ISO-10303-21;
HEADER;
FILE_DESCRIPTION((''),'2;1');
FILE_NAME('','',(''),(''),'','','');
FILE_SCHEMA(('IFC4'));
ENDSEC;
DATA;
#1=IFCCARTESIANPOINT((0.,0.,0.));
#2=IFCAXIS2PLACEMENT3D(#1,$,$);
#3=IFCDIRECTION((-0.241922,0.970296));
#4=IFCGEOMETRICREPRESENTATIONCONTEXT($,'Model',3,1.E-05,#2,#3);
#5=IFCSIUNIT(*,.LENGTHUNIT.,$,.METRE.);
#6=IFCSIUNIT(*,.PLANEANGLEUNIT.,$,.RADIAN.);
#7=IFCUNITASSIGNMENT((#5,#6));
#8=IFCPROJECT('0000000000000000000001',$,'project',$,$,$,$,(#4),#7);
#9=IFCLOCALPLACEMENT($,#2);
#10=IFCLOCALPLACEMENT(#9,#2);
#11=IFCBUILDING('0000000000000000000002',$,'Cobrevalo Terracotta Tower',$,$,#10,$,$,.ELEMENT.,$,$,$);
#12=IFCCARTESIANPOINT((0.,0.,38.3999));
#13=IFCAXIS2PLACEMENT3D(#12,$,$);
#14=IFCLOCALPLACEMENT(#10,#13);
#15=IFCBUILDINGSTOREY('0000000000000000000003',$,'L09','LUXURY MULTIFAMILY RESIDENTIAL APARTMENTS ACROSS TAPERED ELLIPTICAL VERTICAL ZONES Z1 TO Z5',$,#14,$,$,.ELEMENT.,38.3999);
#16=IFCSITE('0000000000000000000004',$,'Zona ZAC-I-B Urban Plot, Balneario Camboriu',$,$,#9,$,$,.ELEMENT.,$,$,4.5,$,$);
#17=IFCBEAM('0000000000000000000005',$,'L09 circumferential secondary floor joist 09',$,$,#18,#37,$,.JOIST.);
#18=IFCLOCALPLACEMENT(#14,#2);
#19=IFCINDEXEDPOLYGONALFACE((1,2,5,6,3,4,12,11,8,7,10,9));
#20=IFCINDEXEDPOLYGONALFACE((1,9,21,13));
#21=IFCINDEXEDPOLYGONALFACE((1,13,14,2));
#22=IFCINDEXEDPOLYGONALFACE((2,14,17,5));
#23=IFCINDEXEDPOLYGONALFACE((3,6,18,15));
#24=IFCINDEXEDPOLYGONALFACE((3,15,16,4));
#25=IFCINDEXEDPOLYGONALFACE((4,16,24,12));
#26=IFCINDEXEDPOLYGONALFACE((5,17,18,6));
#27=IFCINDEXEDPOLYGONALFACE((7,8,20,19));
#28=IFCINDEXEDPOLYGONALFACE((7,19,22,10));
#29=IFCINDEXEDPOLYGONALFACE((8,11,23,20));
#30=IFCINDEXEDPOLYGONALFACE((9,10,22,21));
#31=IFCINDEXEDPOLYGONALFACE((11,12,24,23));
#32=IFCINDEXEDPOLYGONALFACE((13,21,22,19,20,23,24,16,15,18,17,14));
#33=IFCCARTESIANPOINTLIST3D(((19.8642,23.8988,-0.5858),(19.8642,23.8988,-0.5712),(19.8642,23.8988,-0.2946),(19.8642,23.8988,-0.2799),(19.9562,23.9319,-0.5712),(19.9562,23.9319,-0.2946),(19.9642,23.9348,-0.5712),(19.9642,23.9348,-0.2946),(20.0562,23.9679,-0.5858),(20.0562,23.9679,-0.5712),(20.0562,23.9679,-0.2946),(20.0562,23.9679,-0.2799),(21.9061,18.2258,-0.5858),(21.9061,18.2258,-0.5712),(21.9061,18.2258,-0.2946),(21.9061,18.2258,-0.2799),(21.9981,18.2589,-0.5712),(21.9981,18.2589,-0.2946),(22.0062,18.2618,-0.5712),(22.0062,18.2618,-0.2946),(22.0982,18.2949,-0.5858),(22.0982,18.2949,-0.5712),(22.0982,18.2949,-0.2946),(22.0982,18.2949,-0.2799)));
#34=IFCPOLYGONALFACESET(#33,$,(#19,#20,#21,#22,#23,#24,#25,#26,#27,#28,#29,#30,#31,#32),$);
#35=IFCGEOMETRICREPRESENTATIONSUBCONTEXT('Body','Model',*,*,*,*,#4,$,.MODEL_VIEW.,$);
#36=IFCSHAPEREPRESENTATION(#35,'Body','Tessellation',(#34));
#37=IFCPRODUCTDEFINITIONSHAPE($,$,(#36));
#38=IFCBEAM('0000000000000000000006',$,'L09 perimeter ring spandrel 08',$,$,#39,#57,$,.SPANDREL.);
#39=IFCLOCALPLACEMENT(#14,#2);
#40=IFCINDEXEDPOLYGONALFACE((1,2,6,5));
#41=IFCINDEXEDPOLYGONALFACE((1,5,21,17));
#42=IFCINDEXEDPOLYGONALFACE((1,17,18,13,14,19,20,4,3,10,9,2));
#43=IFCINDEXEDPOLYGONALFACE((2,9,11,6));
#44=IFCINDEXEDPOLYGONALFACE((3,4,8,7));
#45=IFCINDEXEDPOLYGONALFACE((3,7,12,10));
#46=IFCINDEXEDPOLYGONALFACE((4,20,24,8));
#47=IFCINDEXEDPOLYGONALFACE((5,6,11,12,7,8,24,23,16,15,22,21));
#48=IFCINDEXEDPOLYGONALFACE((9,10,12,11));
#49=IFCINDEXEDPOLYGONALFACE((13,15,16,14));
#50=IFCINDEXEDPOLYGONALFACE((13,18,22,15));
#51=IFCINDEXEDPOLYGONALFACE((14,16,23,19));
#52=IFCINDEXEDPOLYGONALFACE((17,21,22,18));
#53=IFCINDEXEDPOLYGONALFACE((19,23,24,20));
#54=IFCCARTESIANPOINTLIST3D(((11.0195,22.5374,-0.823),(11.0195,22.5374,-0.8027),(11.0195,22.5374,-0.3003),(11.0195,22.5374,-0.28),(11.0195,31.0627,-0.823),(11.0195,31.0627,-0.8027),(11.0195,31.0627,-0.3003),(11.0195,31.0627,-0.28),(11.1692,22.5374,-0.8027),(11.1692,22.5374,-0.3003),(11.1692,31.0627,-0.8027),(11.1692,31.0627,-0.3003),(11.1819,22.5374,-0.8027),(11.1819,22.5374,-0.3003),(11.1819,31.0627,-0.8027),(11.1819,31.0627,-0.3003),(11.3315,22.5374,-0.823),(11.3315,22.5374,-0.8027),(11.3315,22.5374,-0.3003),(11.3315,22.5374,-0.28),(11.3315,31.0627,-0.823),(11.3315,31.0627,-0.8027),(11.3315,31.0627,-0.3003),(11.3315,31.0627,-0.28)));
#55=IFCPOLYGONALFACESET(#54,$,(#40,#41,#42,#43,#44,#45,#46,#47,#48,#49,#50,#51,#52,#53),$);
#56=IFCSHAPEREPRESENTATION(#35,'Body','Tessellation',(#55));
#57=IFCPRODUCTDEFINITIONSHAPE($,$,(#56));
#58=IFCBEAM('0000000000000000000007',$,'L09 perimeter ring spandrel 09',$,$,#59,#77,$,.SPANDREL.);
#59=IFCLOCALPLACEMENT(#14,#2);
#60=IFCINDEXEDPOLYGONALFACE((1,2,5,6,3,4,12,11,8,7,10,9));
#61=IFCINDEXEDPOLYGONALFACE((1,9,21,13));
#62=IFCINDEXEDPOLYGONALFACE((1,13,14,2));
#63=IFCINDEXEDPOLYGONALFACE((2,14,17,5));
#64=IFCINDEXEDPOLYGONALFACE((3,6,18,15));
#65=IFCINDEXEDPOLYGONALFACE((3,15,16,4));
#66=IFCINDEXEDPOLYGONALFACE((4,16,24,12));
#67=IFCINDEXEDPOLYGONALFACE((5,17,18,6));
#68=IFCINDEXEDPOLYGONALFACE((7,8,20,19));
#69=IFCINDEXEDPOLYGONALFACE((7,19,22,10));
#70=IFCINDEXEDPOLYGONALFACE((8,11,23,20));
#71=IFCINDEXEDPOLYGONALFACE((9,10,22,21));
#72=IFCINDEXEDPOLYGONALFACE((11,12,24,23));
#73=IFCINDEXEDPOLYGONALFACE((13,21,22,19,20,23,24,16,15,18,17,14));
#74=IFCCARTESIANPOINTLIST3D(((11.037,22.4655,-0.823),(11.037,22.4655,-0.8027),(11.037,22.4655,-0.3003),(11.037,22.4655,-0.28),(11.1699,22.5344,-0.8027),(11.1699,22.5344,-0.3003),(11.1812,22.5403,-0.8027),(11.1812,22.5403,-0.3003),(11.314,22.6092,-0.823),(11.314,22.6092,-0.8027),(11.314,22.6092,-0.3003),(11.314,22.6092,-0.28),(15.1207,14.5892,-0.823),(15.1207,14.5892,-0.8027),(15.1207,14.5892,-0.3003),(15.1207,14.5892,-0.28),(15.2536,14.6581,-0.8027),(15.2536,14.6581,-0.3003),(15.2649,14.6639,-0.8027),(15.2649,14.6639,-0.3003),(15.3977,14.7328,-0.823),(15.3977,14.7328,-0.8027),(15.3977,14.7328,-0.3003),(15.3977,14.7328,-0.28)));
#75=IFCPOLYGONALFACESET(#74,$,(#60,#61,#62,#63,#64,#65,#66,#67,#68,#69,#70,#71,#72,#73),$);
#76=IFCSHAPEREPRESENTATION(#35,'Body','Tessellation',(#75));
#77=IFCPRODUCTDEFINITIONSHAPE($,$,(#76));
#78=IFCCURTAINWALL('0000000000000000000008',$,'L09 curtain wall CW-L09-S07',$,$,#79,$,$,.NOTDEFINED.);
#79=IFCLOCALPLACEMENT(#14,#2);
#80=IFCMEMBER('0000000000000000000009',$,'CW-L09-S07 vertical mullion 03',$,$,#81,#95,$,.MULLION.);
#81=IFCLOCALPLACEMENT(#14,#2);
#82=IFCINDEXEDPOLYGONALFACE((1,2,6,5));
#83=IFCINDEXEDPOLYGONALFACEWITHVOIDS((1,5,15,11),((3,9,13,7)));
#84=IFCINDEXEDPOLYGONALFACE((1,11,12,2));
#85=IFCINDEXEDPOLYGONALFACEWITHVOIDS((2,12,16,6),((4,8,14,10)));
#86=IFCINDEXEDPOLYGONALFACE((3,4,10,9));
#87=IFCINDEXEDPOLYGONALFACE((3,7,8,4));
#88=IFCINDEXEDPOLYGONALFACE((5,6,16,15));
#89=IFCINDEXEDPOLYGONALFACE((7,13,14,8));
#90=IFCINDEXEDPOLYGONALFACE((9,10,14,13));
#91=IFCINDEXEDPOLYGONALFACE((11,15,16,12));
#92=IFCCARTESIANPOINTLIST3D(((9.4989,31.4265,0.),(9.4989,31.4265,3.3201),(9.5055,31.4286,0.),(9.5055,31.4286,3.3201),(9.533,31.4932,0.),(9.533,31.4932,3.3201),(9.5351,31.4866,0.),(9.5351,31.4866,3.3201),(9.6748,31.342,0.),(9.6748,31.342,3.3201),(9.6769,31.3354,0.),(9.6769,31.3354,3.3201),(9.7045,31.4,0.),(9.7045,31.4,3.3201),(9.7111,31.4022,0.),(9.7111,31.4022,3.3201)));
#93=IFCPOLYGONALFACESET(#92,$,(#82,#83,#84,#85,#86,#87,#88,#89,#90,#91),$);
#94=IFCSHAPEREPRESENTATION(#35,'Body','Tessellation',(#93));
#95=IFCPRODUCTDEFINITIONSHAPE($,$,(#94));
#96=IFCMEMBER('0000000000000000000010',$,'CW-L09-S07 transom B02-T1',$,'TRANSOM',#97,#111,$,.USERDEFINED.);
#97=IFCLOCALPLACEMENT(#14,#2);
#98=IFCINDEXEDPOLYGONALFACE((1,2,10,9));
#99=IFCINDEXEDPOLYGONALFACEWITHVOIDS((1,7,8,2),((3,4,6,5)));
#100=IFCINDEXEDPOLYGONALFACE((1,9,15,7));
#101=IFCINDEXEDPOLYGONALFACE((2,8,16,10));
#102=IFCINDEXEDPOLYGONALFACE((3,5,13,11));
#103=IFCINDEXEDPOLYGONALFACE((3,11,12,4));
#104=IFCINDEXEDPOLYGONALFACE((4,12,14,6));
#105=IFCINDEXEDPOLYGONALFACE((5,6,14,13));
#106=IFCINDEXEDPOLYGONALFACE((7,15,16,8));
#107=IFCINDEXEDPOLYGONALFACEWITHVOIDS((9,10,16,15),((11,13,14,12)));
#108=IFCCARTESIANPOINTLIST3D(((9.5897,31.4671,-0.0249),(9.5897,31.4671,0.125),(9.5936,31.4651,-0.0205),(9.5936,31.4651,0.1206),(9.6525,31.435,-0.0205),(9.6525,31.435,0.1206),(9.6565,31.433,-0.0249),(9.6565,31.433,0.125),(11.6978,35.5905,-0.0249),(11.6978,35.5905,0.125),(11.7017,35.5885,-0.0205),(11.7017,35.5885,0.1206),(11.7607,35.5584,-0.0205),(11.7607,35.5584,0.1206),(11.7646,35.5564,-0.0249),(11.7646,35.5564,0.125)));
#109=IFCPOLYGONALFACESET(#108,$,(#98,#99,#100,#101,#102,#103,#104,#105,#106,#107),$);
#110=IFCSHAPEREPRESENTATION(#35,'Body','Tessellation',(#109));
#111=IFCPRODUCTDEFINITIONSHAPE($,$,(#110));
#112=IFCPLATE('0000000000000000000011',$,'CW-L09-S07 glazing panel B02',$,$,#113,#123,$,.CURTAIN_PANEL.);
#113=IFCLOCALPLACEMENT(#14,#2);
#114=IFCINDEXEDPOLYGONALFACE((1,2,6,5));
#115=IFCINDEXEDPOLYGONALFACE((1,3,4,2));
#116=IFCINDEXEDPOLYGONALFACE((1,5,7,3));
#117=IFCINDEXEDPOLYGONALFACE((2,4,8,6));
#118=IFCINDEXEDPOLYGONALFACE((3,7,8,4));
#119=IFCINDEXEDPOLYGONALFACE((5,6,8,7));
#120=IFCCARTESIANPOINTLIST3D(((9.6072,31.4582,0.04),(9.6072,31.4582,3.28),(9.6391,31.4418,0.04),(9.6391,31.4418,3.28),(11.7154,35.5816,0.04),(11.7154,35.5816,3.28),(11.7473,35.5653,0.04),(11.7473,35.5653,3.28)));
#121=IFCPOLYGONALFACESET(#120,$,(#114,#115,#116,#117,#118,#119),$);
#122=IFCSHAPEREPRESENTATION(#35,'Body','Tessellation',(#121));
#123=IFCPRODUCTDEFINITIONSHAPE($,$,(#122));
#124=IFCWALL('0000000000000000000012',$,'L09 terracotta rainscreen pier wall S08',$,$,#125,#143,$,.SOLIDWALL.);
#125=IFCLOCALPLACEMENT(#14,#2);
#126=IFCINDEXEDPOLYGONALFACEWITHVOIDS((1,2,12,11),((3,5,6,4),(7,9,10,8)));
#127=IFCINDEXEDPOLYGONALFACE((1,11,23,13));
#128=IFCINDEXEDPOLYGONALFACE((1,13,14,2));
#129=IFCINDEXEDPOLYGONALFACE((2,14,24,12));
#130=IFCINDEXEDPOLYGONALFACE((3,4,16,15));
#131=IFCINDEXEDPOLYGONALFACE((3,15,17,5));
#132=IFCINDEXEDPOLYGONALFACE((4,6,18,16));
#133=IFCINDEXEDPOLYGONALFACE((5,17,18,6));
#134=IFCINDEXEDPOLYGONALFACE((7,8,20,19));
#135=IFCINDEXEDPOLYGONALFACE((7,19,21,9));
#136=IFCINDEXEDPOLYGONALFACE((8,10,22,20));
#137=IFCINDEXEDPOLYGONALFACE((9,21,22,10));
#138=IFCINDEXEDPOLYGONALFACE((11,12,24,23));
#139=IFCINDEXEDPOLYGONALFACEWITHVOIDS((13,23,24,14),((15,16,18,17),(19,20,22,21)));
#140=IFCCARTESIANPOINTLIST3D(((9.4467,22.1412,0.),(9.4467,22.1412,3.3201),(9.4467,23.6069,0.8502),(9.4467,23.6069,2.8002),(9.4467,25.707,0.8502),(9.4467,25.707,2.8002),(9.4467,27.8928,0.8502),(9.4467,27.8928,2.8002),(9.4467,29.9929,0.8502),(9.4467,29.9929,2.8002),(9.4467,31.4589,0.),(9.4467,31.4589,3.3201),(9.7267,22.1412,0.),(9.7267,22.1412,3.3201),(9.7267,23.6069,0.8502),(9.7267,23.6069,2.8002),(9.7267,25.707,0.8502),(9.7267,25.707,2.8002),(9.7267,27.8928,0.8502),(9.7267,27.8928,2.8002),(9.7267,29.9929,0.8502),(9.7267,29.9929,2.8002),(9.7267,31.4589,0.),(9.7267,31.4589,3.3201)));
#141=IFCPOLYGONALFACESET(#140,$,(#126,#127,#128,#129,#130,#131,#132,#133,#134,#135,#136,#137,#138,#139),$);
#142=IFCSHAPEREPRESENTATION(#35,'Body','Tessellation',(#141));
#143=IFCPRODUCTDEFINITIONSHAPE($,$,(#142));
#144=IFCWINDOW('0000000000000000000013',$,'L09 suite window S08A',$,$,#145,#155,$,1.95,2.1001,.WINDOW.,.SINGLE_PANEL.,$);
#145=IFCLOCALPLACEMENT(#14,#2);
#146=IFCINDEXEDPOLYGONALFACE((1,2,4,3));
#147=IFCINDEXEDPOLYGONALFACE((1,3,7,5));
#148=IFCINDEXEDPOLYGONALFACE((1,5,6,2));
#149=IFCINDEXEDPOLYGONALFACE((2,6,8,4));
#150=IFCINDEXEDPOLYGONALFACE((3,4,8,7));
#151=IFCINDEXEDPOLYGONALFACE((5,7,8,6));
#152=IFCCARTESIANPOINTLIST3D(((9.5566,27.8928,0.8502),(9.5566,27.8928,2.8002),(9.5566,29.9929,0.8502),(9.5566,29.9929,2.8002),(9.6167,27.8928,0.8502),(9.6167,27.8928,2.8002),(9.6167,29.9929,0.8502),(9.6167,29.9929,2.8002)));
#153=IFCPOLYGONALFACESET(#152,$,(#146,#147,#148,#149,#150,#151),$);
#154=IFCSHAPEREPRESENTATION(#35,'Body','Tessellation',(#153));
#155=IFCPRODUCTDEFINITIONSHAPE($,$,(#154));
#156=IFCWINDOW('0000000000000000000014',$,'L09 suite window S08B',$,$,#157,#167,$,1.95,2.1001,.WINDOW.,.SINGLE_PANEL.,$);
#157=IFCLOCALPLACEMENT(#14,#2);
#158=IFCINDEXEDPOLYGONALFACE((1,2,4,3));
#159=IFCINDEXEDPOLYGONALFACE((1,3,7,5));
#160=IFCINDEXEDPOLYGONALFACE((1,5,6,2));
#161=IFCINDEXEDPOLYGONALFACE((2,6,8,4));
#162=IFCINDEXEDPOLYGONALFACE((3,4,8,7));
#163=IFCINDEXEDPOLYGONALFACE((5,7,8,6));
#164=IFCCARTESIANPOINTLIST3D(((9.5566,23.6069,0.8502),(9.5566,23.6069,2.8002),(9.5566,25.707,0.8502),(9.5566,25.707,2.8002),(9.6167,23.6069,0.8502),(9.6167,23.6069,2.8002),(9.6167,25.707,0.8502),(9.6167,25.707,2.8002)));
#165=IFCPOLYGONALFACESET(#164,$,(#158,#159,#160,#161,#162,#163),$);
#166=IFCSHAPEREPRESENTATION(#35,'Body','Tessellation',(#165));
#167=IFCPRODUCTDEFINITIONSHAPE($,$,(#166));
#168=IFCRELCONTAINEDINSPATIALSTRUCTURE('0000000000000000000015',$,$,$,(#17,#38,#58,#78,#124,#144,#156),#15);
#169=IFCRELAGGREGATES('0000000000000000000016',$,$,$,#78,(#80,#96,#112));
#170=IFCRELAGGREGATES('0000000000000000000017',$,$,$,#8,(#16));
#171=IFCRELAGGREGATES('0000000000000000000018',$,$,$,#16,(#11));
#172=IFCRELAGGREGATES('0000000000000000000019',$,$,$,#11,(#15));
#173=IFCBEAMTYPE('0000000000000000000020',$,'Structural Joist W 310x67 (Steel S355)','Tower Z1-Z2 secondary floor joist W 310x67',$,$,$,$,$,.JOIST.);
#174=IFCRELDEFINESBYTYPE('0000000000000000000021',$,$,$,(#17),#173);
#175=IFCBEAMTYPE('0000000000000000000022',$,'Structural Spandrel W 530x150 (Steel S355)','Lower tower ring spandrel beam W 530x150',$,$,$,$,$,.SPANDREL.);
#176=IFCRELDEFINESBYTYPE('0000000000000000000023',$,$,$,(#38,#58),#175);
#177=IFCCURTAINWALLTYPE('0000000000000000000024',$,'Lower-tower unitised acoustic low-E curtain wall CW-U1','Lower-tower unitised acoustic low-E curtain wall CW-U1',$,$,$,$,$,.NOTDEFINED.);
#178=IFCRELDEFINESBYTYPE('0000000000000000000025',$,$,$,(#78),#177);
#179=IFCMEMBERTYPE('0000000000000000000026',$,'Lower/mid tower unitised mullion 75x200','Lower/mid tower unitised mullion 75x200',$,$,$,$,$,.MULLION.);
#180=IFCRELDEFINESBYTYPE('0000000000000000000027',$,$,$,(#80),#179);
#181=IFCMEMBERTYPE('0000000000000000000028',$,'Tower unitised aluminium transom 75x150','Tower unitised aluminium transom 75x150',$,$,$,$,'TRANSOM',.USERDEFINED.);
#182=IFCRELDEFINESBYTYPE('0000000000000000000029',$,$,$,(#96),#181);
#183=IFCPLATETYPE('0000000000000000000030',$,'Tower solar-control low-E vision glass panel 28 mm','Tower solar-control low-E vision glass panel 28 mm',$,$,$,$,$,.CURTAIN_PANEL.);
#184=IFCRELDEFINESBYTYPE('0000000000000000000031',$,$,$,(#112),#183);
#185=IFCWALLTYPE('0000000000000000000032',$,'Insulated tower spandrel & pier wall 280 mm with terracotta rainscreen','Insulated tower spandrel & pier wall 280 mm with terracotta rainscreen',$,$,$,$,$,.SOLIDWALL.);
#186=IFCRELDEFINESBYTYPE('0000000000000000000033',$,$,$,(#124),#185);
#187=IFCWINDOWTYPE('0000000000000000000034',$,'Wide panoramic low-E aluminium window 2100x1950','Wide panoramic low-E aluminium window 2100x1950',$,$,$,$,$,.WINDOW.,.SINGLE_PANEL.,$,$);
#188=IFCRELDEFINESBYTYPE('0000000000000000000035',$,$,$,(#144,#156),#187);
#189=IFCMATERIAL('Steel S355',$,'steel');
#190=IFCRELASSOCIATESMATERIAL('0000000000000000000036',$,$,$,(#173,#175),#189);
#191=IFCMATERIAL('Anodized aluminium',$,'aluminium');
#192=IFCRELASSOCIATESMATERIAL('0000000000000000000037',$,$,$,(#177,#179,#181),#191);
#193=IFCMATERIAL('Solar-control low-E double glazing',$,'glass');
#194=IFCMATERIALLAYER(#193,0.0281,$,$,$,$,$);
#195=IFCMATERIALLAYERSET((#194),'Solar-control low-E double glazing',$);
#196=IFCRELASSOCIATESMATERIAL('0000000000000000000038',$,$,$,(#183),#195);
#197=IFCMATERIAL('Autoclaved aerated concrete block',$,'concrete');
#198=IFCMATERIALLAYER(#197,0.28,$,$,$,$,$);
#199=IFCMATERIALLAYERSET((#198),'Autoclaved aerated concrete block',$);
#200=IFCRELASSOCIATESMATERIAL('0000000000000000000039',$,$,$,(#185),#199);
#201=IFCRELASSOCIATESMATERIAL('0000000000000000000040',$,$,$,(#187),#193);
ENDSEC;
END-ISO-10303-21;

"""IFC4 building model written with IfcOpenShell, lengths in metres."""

from ifc_helpers import new_model, si_unit, direction, frame, frame_2d, origin, origin_2d, place, context, subcontext, project, spatial, rectangle, hollow_rectangle, i_section, extrude, source, transform, mapped, material, layer, layer_set, material_profile, profile_set, type_object, element, fill, aggregate, save


model = new_model("IFC4")

# Units and contexts
model_context = context("Model", 3, precision=1e-05, world=origin(), true_north=direction((-0.241922, 0.970296)))
body_context = subcontext(model_context, "Body", "Model", "MODEL_VIEW")
ifc_project = project(units=[si_unit("LENGTHUNIT", "METRE"), si_unit("PLANEANGLEUNIT", "RADIAN")], contexts=[model_context])

# Site, building, storey
site_placement = place(None, origin())
site = spatial("IfcSite", under=ifc_project, at=site_placement, Name="Zona ZAC-I-B Urban Plot, Balneario Camboriu", CompositionType="ELEMENT", RefElevation=4.5)
building_placement = place(site_placement, origin())
building = spatial("IfcBuilding", under=site, at=building_placement, Name="Cobrevalo Terracotta Tower", CompositionType="ELEMENT")
storey_placement = place(building_placement, frame((0.0, 0.0, 38.3999)))
storey = spatial("IfcBuildingStorey", under=building, at=storey_placement, Name="L09", Description="LUXURY MULTIFAMILY RESIDENTIAL APARTMENTS ACROSS TAPERED ELLIPTICAL VERTICAL ZONES Z1 TO Z5", CompositionType="ELEMENT", Elevation=38.3999)

# Shared definitions
ifc_material_1 = material(Name="Steel S355", Category="steel")

# Beams
ifc_material_profile_1 = material_profile(ifc_material_1, i_section(OverallWidth=0.2041, OverallDepth=0.3059, WebThickness=0.0085, FlangeThickness=0.0146, at=origin_2d()), Name="W 310x67")
ifc_profile_set_1 = profile_set([ifc_material_profile_1], Name="Steel S355")
beam_type_1 = type_object("IfcBeamType", Name="Structural Joist W 310x67 (Steel S355)", Description="Tower Z1-Z2 secondary floor joist W 310x67", PredefinedType="JOIST", material=ifc_profile_set_1)
beam_1_placement = place(storey_placement, frame((19.9602, 23.9333, -0.4329), z_axis=(0.338672, -0.940904, 0.0), x_axis=(0.940904, 0.338672, 0.0)))
element("IfcBeam", 1, at=beam_1_placement, inside=storey, type_object=beam_type_1, Name="L09 circumferential secondary floor joist 09", PredefinedType="JOIST", context=body_context, shape_type="SweptSolid", body=[
    extrude(i_section(OverallWidth=0.2041, OverallDepth=0.3059, WebThickness=0.0085, FlangeThickness=0.0146, at=origin_2d()), origin(), (0.0, 0.0, 1.0), 6.0293),
])
ifc_material_profile_2 = material_profile(ifc_material_1, i_section(OverallWidth=0.312, OverallDepth=0.543, WebThickness=0.0127, FlangeThickness=0.0203, at=origin_2d()), Name="W 530x150")
ifc_profile_set_2 = profile_set([ifc_material_profile_2], Name="Steel S355")
beam_type_2 = type_object("IfcBeamType", Name="Structural Spandrel W 530x150 (Steel S355)", Description="Lower tower ring spandrel beam W 530x150", PredefinedType="SPANDREL", material=ifc_profile_set_2)
beam_2_placement = place(storey_placement, frame((11.1755, 31.0627, -0.5515), z_axis=(0.0, -1.0, 0.0), x_axis=(1.0, 0.0, 0.0)))
element("IfcBeam", 2, at=beam_2_placement, inside=storey, type_object=beam_type_2, Name="L09 perimeter ring spandrel 08", PredefinedType="SPANDREL", context=body_context, shape_type="SweptSolid", body=[
    extrude(i_section(OverallWidth=0.312, OverallDepth=0.543, WebThickness=0.0127, FlangeThickness=0.0203, at=origin_2d()), origin(), (0.0, 0.0, 1.0), 8.5254),
])
beam_3_placement = place(storey_placement, frame((11.1755, 22.5374, -0.5515), z_axis=(0.460286, -0.887771, 0.0), x_axis=(0.887771, 0.460286, 0.0)))
element("IfcBeam", 3, at=beam_3_placement, inside=storey, type_object=beam_type_2, Name="L09 perimeter ring spandrel 09", PredefinedType="SPANDREL", context=body_context, shape_type="SweptSolid", body=[
    extrude(i_section(OverallWidth=0.312, OverallDepth=0.543, WebThickness=0.0127, FlangeThickness=0.0203, at=origin_2d()), origin(), (0.0, 0.0, 1.0), 8.8721),
])

# Curtain wall, members, plate
ifc_material_2 = material(Name="Anodized aluminium", Category="aluminium")
curtain_wall_type = type_object("IfcCurtainWallType", Name="Lower-tower unitised acoustic low-E curtain wall CW-U1", Description="Lower-tower unitised acoustic low-E curtain wall CW-U1", PredefinedType="NOTDEFINED", material=ifc_material_2)
curtain_wall_placement = place(storey_placement, origin())
curtain_wall = element("IfcCurtainWall", 4, at=curtain_wall_placement, inside=storey, type_object=curtain_wall_type, Name="L09 curtain wall CW-L09-S07", PredefinedType="NOTDEFINED")
ifc_material_profile_3 = material_profile(ifc_material_2, hollow_rectangle(XDim=0.075, YDim=0.2, WallThickness=0.0049, at=origin_2d()), Name="CWM 75x200")
ifc_profile_set_3 = profile_set([ifc_material_profile_3], Name="Anodized aluminium")
member_type_1 = type_object("IfcMemberType", Name="Lower/mid tower unitised mullion 75x200", Description="Lower/mid tower unitised mullion 75x200", PredefinedType="MULLION", material=ifc_profile_set_3)
shared_shape_1 = source(origin(), body_context, "Body", "SweptSolid", [
    extrude(hollow_rectangle(XDim=0.075, YDim=0.2, WallThickness=0.0049, at=origin_2d()), origin(), (0.0, 0.0, 1.0), 3.3201),
])
member_1_placement = place(storey_placement, frame((9.605, 31.4143, 0.0), z_axis=(0.0, 0.0, 1.0), x_axis=(-0.455234, -0.890372, 0.0)))
member_1 = element("IfcMember", 5, at=member_1_placement, type_object=member_type_1, Name="CW-L09-S07 vertical mullion 03", PredefinedType="MULLION", context=body_context, shape_type="MappedRepresentation", body=[
    mapped(shared_shape_1, transform((0.0, 0.0, 0.0), scale=1.0)),
])
ifc_material_profile_4 = material_profile(ifc_material_2, hollow_rectangle(XDim=0.075, YDim=0.1499, WallThickness=0.0044, at=origin_2d()), Name="CWT 75x150")
ifc_profile_set_4 = profile_set([ifc_material_profile_4], Name="Anodized aluminium")
member_type_2 = type_object("IfcMemberType", Name="Tower unitised aluminium transom 75x150", Description="Tower unitised aluminium transom 75x150", ElementType="TRANSOM", PredefinedType="USERDEFINED", material=ifc_profile_set_4)
shared_shape_2 = source(origin(), body_context, "Body", "SweptSolid", [
    extrude(hollow_rectangle(XDim=0.075, YDim=0.1499, WallThickness=0.0044, at=origin_2d()), origin(), (0.0, 0.0, 1.0), 4.6311),
])
member_2_placement = place(storey_placement, frame((11.7312, 35.5735, 0.05), z_axis=(-0.455209, -0.890385, 0.0), x_axis=(0.890385, -0.455209, 0.0)))
member_2 = element("IfcMember", 6, at=member_2_placement, type_object=member_type_2, Name="CW-L09-S07 transom B02-T1", ObjectType="TRANSOM", PredefinedType="USERDEFINED", context=body_context, shape_type="MappedRepresentation", body=[
    mapped(shared_shape_2, transform((0.0, 0.0, 0.0), scale=1.0)),
])
ifc_material_3 = material(Name="Solar-control low-E double glazing", Category="glass")
ifc_layer_1 = layer(ifc_material_3, 0.0281)
ifc_layer_set_1 = layer_set([ifc_layer_1], Name="Solar-control low-E double glazing")
plate_type = type_object("IfcPlateType", Name="Tower solar-control low-E vision glass panel 28 mm", Description="Tower solar-control low-E vision glass panel 28 mm", PredefinedType="CURTAIN_PANEL", material=ifc_layer_set_1)
shared_shape_3 = source(origin(), body_context, "Body", "SweptSolid", [
    extrude(rectangle(XDim=4.6311, YDim=0.0359, at=origin_2d()), origin(), (0.0, 0.0, 1.0), 3.24),
])
plate_placement = place(storey_placement, frame((10.6772, 33.5117, 0.04), z_axis=(0.0, 0.0, 1.0), x_axis=(-0.455231, -0.890373, 0.0)))
plate = element("IfcPlate", 7, at=plate_placement, type_object=plate_type, Name="CW-L09-S07 glazing panel B02", PredefinedType="CURTAIN_PANEL", context=body_context, shape_type="MappedRepresentation", body=[
    mapped(shared_shape_3, transform((0.0, 0.0, 0.0), scale=1.0)),
])
aggregate(curtain_wall, [member_1, member_2, plate])

# Wall, openings, windows
ifc_material_4 = material(Name="Autoclaved aerated concrete block", Category="concrete")
ifc_layer_2 = layer(ifc_material_4, 0.28)
ifc_layer_set_2 = layer_set([ifc_layer_2], Name="Autoclaved aerated concrete block")
wall_type_1 = type_object("IfcWallType", Name="Insulated tower spandrel & pier wall 280 mm with terracotta rainscreen", Description="Insulated tower spandrel & pier wall 280 mm with terracotta rainscreen", PredefinedType="SOLIDWALL", material=ifc_layer_set_2)
wall_1_placement = place(storey_placement, frame((9.5867, 31.4587, 0.0), z_axis=(0.0, 0.0, 1.0), x_axis=(0.0, -1.0, 0.0)))
wall_1 = element("IfcWall", 8, at=wall_1_placement, inside=storey, type_object=wall_type_1, Name="L09 terracotta rainscreen pier wall S08", PredefinedType="SOLIDWALL", context=body_context, shape_type="SweptSolid", body=[
    extrude(rectangle(XDim=9.3176, YDim=0.28, at=frame_2d((4.6587, 0.0))), origin(), (0.0, 0.0, 1.0), 3.3201),
])
opening_1_placement = place(wall_1_placement, frame((1.4658, 0.0, 0.8501)))
opening_1 = element("IfcOpeningElement", 9, at=opening_1_placement, cuts=wall_1, PredefinedType="OPENING", context=body_context, shape_type="SweptSolid", body=[
    extrude(rectangle(XDim=2.1001, YDim=1.95, at=frame_2d((1.05, 0.9751))), frame((0.0, 0.1499, 0.0), z_axis=(0.0, -1.0, 0.0), x_axis=(1.0, 0.0, 0.0)), (0.0, 0.0, 1.0), 0.3),
])
opening_2_placement = place(wall_1_placement, frame((5.7517, 0.0, 0.8501)))
opening_2 = element("IfcOpeningElement", 10, at=opening_2_placement, cuts=wall_1, PredefinedType="OPENING", context=body_context, shape_type="SweptSolid", body=[
    extrude(rectangle(XDim=2.1001, YDim=1.95, at=frame_2d((1.05, 0.9751))), frame((0.0, 0.1499, 0.0), z_axis=(0.0, -1.0, 0.0), x_axis=(1.0, 0.0, 0.0)), (0.0, 0.0, 1.0), 0.3),
])
window_type = type_object("IfcWindowType", Name="Wide panoramic low-E aluminium window 2100x1950", Description="Wide panoramic low-E aluminium window 2100x1950", PartitioningType="SINGLE_PANEL", PredefinedType="WINDOW", material=ifc_material_3)
shared_shape_4 = source(origin(), body_context, "Body", "SweptSolid", [
    extrude(rectangle(XDim=2.1001, YDim=1.95, at=frame_2d((1.05, 0.9751))), frame((0.0, 0.03, 0.0), z_axis=(0.0, -1.0, 0.0), x_axis=(1.0, 0.0, 0.0)), (0.0, 0.0, 1.0), 0.0601),
])
window_1_placement = place(opening_1_placement, origin())
window_1 = element("IfcWindow", 11, at=window_1_placement, inside=storey, type_object=window_type, Name="L09 suite window S08A", OverallHeight=1.95, OverallWidth=2.1001, PartitioningType="SINGLE_PANEL", PredefinedType="WINDOW", context=body_context, shape_type="MappedRepresentation", body=[
    mapped(shared_shape_4, transform((0.0, 0.0, 0.0), scale=1.0)),
])
fill(opening_1, window_1)
window_2_placement = place(opening_2_placement, origin())
window_2 = element("IfcWindow", 12, at=window_2_placement, inside=storey, type_object=window_type, Name="L09 suite window S08B", OverallHeight=1.95, OverallWidth=2.1001, PartitioningType="SINGLE_PANEL", PredefinedType="WINDOW", context=body_context, shape_type="MappedRepresentation", body=[
    mapped(shared_shape_4, transform((0.0, 0.0, 0.0), scale=1.0)),
])
fill(opening_2, window_2)

save(model, "model.ifc")
